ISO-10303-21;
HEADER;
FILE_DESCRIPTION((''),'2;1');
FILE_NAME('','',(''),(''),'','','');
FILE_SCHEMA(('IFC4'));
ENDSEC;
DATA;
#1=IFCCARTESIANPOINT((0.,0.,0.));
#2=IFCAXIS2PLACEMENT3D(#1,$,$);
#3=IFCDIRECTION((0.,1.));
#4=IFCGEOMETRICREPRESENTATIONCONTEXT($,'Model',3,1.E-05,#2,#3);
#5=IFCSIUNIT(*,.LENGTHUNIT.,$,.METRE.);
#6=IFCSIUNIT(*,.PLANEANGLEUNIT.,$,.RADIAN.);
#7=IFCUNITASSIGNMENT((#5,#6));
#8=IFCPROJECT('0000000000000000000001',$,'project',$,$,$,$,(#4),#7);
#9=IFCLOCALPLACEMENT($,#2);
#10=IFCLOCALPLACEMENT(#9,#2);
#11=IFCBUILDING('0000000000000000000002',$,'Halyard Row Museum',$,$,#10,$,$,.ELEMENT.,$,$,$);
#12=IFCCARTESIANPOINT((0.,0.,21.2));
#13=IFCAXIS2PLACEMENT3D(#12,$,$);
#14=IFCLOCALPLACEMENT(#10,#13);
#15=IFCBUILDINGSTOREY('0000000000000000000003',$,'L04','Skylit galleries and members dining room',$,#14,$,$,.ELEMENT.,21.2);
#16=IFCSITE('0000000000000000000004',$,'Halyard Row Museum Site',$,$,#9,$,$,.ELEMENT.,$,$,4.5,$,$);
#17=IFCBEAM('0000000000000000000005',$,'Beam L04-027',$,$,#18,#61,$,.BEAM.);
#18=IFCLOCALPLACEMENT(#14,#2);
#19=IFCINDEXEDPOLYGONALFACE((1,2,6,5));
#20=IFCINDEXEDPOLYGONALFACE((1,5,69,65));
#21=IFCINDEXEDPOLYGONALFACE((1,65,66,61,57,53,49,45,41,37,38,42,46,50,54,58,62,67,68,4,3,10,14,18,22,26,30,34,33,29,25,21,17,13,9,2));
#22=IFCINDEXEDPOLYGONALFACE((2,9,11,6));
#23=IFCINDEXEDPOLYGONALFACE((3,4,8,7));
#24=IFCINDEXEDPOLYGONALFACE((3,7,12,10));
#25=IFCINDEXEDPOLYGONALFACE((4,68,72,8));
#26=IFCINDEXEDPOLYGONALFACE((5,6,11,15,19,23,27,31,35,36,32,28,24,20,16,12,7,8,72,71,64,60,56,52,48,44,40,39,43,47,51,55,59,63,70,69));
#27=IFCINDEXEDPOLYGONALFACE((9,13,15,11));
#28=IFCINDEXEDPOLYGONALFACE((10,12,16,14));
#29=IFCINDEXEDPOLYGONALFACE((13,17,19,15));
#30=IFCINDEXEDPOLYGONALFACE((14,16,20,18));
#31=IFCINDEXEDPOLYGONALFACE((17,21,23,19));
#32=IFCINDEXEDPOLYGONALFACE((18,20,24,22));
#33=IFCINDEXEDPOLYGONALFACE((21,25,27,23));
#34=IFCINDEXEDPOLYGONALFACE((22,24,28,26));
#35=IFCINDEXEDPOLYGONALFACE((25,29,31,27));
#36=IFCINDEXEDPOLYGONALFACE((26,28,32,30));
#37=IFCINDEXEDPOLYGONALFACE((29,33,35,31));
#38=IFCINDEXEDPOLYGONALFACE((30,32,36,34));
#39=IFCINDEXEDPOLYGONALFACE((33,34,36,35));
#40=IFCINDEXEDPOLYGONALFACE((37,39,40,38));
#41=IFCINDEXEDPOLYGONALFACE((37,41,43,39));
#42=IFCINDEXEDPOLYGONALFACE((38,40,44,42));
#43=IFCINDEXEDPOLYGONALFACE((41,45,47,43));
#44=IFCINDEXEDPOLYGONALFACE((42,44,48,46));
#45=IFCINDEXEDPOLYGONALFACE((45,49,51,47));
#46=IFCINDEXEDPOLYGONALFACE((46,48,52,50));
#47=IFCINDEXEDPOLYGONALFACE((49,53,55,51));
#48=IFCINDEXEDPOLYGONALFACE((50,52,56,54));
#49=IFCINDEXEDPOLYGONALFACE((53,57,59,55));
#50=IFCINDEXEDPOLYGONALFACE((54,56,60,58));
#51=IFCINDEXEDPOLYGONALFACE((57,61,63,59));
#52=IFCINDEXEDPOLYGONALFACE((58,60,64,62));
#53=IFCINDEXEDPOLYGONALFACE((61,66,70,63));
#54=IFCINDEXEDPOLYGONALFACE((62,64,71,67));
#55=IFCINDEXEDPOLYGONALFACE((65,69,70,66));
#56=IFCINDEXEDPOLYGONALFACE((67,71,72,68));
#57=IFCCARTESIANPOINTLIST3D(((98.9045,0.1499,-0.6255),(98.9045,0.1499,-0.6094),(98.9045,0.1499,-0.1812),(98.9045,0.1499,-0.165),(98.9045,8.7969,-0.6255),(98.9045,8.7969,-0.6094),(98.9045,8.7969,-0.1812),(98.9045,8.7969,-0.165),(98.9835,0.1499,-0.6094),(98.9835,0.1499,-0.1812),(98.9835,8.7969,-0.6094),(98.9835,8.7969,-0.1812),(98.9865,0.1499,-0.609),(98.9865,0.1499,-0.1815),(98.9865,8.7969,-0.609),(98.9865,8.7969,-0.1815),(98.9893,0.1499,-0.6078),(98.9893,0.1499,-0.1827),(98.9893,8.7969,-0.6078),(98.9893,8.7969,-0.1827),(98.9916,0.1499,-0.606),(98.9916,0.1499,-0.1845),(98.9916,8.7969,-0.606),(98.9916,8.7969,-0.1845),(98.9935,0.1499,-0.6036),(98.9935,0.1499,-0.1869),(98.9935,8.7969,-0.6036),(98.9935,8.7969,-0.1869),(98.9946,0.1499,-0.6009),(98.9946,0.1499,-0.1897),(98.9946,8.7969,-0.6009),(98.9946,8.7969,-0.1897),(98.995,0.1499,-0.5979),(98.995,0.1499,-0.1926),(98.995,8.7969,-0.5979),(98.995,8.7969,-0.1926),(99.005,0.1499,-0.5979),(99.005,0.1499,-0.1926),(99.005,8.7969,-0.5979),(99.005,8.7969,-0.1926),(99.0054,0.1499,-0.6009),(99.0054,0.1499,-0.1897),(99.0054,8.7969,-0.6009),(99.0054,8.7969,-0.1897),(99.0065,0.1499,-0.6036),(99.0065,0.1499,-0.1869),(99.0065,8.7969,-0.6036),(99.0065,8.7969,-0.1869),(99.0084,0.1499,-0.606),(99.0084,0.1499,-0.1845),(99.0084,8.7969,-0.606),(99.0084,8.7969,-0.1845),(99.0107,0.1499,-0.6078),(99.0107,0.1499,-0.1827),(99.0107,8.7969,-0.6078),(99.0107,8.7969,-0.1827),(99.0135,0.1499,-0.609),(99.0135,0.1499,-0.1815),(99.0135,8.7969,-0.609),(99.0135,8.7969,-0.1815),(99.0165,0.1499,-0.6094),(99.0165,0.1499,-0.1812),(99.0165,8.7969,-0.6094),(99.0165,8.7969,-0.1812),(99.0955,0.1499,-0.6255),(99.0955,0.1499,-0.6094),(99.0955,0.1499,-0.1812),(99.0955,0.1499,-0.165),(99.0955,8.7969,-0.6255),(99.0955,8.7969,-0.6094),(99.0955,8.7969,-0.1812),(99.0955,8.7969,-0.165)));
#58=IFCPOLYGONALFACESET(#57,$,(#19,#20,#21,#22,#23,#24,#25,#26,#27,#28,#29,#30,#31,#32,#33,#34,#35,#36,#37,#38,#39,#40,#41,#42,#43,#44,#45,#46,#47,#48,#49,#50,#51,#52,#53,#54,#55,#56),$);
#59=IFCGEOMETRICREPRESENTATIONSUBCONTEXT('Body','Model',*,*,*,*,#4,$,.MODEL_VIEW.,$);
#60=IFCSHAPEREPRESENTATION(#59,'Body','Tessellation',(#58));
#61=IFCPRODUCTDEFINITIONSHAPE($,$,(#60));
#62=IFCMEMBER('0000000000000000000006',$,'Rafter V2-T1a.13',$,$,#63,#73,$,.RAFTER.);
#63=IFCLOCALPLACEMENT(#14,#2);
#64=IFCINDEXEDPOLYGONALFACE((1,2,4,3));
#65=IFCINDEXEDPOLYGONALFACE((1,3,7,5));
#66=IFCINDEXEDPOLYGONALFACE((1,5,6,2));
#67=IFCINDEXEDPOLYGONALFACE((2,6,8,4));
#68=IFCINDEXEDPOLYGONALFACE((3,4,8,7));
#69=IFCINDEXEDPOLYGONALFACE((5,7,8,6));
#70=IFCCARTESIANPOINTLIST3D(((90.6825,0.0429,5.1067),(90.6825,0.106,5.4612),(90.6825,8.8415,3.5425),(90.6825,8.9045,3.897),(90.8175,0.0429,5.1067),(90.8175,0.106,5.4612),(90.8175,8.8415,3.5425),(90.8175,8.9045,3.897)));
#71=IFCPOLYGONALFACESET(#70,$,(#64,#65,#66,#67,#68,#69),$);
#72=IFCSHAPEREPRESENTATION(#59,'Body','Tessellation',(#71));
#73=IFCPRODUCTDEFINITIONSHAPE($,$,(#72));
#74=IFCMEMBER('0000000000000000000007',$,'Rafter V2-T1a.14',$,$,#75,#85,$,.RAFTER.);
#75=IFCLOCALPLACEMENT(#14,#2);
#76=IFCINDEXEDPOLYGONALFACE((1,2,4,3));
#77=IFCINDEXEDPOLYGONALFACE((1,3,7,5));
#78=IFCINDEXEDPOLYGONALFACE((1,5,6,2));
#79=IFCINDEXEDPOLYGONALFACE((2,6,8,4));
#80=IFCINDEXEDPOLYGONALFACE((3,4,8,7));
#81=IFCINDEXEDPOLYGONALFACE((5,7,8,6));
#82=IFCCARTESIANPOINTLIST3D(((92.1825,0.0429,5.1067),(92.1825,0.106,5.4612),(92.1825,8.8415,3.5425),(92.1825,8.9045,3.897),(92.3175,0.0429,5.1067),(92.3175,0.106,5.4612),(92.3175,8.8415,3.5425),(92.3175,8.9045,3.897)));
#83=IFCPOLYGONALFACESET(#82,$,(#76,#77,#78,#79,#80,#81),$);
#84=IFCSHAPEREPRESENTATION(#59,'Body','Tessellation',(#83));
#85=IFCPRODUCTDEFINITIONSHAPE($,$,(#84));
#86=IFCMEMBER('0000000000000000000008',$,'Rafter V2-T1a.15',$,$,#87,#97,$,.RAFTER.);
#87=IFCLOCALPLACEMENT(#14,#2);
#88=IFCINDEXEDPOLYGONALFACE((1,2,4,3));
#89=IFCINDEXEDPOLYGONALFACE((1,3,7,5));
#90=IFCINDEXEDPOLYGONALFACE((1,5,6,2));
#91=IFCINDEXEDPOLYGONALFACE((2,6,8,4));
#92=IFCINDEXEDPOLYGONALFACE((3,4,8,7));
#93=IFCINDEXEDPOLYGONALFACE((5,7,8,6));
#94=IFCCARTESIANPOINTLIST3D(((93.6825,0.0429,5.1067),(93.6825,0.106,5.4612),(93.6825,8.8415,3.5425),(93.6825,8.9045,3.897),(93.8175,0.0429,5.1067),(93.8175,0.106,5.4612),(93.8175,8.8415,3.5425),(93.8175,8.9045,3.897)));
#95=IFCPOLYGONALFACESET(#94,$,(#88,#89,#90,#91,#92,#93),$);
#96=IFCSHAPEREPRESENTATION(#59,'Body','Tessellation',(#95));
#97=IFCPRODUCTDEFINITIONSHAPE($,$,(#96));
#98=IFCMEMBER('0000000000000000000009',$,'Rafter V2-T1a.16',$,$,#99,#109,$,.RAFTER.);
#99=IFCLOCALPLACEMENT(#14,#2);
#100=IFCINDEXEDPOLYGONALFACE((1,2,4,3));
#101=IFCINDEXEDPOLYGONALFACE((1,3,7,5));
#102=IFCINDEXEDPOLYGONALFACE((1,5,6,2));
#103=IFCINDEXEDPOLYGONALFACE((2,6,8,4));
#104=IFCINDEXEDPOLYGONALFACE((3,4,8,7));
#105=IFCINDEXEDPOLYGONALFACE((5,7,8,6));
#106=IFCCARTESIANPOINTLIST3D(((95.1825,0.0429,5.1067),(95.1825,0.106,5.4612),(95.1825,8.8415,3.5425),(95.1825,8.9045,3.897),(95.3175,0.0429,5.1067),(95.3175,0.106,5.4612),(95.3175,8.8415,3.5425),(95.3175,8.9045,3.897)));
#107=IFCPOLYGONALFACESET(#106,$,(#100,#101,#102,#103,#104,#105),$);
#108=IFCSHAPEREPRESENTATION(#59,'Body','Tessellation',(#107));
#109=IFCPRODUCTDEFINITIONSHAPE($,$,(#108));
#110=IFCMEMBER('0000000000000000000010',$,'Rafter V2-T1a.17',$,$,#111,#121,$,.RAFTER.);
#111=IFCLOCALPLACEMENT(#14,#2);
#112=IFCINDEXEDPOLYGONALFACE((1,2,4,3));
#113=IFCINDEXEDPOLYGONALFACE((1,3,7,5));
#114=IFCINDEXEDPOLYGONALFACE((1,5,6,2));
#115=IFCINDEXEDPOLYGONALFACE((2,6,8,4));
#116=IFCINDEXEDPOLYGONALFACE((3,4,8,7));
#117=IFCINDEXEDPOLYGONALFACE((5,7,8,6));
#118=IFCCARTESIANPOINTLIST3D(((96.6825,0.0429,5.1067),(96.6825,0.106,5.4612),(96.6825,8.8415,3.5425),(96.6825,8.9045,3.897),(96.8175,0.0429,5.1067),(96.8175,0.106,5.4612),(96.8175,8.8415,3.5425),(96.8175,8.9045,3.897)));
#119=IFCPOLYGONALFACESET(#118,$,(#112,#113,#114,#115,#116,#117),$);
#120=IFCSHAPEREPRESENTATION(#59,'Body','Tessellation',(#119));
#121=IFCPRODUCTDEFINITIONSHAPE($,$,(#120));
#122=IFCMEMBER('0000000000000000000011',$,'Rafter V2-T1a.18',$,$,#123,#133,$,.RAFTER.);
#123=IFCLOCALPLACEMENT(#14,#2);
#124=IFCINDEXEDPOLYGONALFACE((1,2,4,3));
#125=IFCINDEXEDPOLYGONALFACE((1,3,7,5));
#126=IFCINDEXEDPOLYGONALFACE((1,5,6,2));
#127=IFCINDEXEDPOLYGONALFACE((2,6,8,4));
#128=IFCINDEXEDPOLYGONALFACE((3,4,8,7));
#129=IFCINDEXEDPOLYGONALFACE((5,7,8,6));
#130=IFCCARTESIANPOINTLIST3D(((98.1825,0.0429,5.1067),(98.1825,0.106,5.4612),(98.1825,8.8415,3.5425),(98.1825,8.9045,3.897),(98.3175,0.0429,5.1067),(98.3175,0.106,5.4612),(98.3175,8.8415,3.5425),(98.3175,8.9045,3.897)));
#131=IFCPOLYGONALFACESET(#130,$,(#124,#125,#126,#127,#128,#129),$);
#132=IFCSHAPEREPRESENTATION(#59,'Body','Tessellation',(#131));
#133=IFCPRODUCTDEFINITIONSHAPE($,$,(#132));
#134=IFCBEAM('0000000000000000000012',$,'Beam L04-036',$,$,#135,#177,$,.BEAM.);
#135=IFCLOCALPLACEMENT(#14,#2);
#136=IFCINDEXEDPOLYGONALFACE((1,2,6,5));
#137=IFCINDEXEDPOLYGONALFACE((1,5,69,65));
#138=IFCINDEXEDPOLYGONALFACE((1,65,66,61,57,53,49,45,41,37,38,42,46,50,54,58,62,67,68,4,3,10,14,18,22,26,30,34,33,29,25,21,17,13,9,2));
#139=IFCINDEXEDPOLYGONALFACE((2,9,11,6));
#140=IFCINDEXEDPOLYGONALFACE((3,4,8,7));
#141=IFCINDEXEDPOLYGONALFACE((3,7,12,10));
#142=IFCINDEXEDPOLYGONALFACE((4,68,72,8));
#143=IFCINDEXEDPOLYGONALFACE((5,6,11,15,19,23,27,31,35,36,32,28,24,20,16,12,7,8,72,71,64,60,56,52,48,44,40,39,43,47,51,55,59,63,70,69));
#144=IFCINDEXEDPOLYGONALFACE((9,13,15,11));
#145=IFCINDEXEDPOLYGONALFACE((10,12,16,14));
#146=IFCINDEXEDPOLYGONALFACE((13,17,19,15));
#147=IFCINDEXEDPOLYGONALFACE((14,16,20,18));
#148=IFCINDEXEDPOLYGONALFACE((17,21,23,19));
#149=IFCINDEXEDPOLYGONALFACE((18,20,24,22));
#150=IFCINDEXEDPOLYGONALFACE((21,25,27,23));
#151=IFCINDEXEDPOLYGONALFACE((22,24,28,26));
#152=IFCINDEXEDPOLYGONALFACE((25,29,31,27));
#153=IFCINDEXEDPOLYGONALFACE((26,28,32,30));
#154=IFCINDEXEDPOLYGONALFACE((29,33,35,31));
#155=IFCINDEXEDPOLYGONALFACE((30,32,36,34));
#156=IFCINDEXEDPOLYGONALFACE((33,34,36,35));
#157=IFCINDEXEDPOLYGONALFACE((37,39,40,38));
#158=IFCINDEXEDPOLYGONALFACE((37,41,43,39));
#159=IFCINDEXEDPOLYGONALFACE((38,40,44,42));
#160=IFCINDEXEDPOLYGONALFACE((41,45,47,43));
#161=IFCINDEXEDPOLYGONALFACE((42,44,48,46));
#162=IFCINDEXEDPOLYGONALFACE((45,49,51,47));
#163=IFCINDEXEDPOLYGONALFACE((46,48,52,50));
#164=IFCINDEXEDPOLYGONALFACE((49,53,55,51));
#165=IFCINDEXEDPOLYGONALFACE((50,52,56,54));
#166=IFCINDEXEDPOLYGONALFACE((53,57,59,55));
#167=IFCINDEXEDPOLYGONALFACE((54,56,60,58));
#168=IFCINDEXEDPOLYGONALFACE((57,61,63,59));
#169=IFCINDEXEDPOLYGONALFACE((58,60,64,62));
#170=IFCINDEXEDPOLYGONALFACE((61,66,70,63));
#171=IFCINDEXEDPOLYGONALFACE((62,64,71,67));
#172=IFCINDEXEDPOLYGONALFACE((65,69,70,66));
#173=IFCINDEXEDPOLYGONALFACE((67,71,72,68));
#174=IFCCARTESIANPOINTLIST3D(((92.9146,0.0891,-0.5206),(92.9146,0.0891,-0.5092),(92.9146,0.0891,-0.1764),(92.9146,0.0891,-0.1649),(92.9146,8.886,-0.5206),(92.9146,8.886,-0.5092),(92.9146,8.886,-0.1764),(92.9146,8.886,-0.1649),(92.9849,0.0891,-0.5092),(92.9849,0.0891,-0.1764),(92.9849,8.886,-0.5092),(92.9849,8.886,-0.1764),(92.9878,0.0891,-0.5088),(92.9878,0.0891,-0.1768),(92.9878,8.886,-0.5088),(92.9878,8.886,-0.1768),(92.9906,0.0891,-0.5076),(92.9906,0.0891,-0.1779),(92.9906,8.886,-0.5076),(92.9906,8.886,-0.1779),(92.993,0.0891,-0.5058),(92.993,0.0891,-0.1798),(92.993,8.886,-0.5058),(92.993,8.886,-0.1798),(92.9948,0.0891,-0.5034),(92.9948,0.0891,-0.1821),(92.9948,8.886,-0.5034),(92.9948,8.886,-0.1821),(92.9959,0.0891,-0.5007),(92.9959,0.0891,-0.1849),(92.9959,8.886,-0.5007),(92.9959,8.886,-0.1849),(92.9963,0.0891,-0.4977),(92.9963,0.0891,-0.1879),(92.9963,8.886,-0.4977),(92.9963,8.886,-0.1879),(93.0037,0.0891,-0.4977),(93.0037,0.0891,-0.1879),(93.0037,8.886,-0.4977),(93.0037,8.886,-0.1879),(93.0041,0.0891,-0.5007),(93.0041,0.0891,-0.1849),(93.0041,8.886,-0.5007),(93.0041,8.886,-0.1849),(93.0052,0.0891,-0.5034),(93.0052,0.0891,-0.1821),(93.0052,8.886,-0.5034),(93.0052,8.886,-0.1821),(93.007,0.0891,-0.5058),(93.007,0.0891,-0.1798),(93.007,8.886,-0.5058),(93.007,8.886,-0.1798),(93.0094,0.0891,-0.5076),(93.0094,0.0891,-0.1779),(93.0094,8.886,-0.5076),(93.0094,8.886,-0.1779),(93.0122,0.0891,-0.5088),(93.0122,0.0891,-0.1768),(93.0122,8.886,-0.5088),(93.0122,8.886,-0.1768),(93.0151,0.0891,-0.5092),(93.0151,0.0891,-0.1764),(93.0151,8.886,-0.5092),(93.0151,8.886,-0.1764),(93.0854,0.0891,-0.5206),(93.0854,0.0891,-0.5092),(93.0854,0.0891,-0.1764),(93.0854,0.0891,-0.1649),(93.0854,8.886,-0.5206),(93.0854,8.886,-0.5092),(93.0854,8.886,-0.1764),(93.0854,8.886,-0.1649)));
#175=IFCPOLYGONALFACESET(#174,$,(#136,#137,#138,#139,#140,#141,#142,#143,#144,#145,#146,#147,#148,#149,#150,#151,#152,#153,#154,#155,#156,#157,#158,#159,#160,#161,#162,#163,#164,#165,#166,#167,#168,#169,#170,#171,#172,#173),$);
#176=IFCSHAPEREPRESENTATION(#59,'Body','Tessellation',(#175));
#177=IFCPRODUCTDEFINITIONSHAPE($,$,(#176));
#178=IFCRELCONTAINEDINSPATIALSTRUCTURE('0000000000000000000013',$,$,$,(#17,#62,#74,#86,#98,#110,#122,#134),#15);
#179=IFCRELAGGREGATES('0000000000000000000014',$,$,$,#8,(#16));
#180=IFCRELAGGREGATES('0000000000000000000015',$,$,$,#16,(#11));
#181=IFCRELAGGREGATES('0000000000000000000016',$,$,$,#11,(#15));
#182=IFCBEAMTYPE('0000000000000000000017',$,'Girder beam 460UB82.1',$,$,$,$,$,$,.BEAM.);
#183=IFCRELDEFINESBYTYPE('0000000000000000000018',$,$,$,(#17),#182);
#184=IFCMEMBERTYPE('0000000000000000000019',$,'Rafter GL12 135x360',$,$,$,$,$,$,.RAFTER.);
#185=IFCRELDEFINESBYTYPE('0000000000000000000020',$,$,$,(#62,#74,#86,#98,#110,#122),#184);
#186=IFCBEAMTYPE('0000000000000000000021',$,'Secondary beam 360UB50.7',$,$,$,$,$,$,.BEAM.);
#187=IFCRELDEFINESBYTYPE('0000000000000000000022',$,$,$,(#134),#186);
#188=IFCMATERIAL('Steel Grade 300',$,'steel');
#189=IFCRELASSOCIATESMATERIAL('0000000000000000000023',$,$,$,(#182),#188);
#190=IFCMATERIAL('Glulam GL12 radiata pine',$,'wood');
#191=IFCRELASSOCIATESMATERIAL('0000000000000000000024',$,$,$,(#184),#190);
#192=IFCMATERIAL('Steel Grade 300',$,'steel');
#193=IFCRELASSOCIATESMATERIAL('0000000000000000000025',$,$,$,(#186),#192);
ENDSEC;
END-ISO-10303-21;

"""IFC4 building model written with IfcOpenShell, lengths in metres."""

from ifc_helpers import new_model, si_unit, direction, frame, origin, origin_2d, place, context, subcontext, project, spatial, rectangle, i_section, extrude, material, material_profile, profile_set, type_object, element, save


model = new_model("IFC4")

# Units and contexts
model_context = context("Model", 3, precision=1e-05, world=origin(), true_north=direction((0.0, 1.0)))
body_context = subcontext(model_context, "Body", "Model", "MODEL_VIEW")
ifc_project = project(units=[si_unit("LENGTHUNIT", "METRE"), si_unit("PLANEANGLEUNIT", "RADIAN")], contexts=[model_context])

# Site, building, storey
site_placement = place(None, origin())
site = spatial("IfcSite", under=ifc_project, at=site_placement, Name="Halyard Row Museum Site", CompositionType="ELEMENT", RefElevation=4.5)
building_placement = place(site_placement, origin())
building = spatial("IfcBuilding", under=site, at=building_placement, Name="Halyard Row Museum", CompositionType="ELEMENT")
storey_placement = place(building_placement, frame((0.0, 0.0, 21.2)))
storey = spatial("IfcBuildingStorey", under=building, at=storey_placement, Name="L04", Description="Skylit galleries and members dining room", CompositionType="ELEMENT", Elevation=21.2)

# Beam
ifc_material_1 = material(Name="Steel Grade 300", Category="steel")
ifc_material_profile_1 = material_profile(ifc_material_1, i_section(OverallWidth=0.1909, OverallDepth=0.4604, WebThickness=0.01, FlangeThickness=0.0161, FilletRadius=0.0115, at=origin_2d()), Name="460UB82.1")
ifc_profile_set_1 = profile_set([ifc_material_profile_1], Name="Steel Grade 300")
beam_type_1 = type_object("IfcBeamType", Name="Girder beam 460UB82.1", PredefinedType="BEAM", material=ifc_profile_set_1)
beam_placement = place(storey_placement, frame((99.0, 0.1499, -0.3953), z_axis=(0.0, 1.0, 0.0), x_axis=(-1.0, 0.0, 0.0)))
element("IfcBeam", 1, at=beam_placement, inside=storey, type_object=beam_type_1, Name="Beam L04-027", PredefinedType="BEAM", context=body_context, shape_type="SweptSolid", body=[
    extrude(i_section(OverallWidth=0.1909, OverallDepth=0.4604, WebThickness=0.01, FlangeThickness=0.0161, FilletRadius=0.0115, at=origin_2d()), origin(), (0.0, 0.0, 1.0), 8.647),
])

# Members
ifc_material_2 = material(Name="Glulam GL12 radiata pine", Category="wood")
ifc_material_profile_2 = material_profile(ifc_material_2, rectangle(XDim=0.135, YDim=0.3601, at=origin_2d()), Name="GL12 135x360")
ifc_profile_set_2 = profile_set([ifc_material_profile_2], Name="Glulam GL12 radiata pine")
member_type_1 = type_object("IfcMemberType", Name="Rafter GL12 135x360", PredefinedType="RAFTER", material=ifc_profile_set_2)
for number, where, z_axis, x_axis, name in (
    (2, (90.75, 0.0745, 5.2839), (0.0, 0.984562, -0.175035), (-1.0, 0.0, 0.0), "Rafter V2-T1a.13"),
    (3, (92.25, 0.0745, 5.2839), (0.0, 0.984562, -0.175035), (-1.0, 0.0, 0.0), "Rafter V2-T1a.14"),
    (4, (93.75, 0.0745, 5.2839), (0.0, 0.984562, -0.175035), (-1.0, 0.0, 0.0), "Rafter V2-T1a.15"),
    (5, (95.25, 0.0745, 5.2839), (0.0, 0.984562, -0.175035), (-1.0, 0.0, 0.0), "Rafter V2-T1a.16"),
    (6, (96.75, 0.0745, 5.2839), (0.0, 0.984562, -0.175035), (-1.0, 0.0, 0.0), "Rafter V2-T1a.17"),
    (7, (98.25, 0.0745, 5.2839), (0.0, 0.984562, -0.175035), (-1.0, 0.0, 0.0), "Rafter V2-T1a.18"),
):
    element("IfcMember", number, at=place(storey_placement, frame(where, z_axis=z_axis, x_axis=x_axis)), inside=storey, type_object=member_type_1, Name=name, PredefinedType="RAFTER", context=body_context, shape_type="SweptSolid", body=[
        extrude(rectangle(XDim=0.135, YDim=0.3601, at=origin_2d()), origin(), (0.0, 0.0, 1.0), 8.9365),
    ])

# Beam
ifc_material_3 = material(Name="Steel Grade 300", Category="steel")
ifc_material_profile_3 = material_profile(ifc_material_3, i_section(OverallWidth=0.1709, OverallDepth=0.3557, WebThickness=0.0073, FlangeThickness=0.0115, FilletRadius=0.0115, at=origin_2d()), Name="360UB50.7")
ifc_profile_set_3 = profile_set([ifc_material_profile_3], Name="Steel Grade 300")
beam_type_2 = type_object("IfcBeamType", Name="Secondary beam 360UB50.7", PredefinedType="BEAM", material=ifc_profile_set_3)
for number, where, z_axis, x_axis, name in (
    (8, (93.0, 0.0891, -0.3428), (0.0, 1.0, 0.0), (-1.0, 0.0, 0.0), "Beam L04-036"),
):
    element("IfcBeam", number, at=place(storey_placement, frame(where, z_axis=z_axis, x_axis=x_axis)), inside=storey, type_object=beam_type_2, Name=name, PredefinedType="BEAM", context=body_context, shape_type="SweptSolid", body=[
        extrude(i_section(OverallWidth=0.1709, OverallDepth=0.3557, WebThickness=0.0073, FlangeThickness=0.0115, FilletRadius=0.0115, at=origin_2d()), origin(), (0.0, 0.0, 1.0), 8.7969),
    ])

save(model, "model.ifc")
